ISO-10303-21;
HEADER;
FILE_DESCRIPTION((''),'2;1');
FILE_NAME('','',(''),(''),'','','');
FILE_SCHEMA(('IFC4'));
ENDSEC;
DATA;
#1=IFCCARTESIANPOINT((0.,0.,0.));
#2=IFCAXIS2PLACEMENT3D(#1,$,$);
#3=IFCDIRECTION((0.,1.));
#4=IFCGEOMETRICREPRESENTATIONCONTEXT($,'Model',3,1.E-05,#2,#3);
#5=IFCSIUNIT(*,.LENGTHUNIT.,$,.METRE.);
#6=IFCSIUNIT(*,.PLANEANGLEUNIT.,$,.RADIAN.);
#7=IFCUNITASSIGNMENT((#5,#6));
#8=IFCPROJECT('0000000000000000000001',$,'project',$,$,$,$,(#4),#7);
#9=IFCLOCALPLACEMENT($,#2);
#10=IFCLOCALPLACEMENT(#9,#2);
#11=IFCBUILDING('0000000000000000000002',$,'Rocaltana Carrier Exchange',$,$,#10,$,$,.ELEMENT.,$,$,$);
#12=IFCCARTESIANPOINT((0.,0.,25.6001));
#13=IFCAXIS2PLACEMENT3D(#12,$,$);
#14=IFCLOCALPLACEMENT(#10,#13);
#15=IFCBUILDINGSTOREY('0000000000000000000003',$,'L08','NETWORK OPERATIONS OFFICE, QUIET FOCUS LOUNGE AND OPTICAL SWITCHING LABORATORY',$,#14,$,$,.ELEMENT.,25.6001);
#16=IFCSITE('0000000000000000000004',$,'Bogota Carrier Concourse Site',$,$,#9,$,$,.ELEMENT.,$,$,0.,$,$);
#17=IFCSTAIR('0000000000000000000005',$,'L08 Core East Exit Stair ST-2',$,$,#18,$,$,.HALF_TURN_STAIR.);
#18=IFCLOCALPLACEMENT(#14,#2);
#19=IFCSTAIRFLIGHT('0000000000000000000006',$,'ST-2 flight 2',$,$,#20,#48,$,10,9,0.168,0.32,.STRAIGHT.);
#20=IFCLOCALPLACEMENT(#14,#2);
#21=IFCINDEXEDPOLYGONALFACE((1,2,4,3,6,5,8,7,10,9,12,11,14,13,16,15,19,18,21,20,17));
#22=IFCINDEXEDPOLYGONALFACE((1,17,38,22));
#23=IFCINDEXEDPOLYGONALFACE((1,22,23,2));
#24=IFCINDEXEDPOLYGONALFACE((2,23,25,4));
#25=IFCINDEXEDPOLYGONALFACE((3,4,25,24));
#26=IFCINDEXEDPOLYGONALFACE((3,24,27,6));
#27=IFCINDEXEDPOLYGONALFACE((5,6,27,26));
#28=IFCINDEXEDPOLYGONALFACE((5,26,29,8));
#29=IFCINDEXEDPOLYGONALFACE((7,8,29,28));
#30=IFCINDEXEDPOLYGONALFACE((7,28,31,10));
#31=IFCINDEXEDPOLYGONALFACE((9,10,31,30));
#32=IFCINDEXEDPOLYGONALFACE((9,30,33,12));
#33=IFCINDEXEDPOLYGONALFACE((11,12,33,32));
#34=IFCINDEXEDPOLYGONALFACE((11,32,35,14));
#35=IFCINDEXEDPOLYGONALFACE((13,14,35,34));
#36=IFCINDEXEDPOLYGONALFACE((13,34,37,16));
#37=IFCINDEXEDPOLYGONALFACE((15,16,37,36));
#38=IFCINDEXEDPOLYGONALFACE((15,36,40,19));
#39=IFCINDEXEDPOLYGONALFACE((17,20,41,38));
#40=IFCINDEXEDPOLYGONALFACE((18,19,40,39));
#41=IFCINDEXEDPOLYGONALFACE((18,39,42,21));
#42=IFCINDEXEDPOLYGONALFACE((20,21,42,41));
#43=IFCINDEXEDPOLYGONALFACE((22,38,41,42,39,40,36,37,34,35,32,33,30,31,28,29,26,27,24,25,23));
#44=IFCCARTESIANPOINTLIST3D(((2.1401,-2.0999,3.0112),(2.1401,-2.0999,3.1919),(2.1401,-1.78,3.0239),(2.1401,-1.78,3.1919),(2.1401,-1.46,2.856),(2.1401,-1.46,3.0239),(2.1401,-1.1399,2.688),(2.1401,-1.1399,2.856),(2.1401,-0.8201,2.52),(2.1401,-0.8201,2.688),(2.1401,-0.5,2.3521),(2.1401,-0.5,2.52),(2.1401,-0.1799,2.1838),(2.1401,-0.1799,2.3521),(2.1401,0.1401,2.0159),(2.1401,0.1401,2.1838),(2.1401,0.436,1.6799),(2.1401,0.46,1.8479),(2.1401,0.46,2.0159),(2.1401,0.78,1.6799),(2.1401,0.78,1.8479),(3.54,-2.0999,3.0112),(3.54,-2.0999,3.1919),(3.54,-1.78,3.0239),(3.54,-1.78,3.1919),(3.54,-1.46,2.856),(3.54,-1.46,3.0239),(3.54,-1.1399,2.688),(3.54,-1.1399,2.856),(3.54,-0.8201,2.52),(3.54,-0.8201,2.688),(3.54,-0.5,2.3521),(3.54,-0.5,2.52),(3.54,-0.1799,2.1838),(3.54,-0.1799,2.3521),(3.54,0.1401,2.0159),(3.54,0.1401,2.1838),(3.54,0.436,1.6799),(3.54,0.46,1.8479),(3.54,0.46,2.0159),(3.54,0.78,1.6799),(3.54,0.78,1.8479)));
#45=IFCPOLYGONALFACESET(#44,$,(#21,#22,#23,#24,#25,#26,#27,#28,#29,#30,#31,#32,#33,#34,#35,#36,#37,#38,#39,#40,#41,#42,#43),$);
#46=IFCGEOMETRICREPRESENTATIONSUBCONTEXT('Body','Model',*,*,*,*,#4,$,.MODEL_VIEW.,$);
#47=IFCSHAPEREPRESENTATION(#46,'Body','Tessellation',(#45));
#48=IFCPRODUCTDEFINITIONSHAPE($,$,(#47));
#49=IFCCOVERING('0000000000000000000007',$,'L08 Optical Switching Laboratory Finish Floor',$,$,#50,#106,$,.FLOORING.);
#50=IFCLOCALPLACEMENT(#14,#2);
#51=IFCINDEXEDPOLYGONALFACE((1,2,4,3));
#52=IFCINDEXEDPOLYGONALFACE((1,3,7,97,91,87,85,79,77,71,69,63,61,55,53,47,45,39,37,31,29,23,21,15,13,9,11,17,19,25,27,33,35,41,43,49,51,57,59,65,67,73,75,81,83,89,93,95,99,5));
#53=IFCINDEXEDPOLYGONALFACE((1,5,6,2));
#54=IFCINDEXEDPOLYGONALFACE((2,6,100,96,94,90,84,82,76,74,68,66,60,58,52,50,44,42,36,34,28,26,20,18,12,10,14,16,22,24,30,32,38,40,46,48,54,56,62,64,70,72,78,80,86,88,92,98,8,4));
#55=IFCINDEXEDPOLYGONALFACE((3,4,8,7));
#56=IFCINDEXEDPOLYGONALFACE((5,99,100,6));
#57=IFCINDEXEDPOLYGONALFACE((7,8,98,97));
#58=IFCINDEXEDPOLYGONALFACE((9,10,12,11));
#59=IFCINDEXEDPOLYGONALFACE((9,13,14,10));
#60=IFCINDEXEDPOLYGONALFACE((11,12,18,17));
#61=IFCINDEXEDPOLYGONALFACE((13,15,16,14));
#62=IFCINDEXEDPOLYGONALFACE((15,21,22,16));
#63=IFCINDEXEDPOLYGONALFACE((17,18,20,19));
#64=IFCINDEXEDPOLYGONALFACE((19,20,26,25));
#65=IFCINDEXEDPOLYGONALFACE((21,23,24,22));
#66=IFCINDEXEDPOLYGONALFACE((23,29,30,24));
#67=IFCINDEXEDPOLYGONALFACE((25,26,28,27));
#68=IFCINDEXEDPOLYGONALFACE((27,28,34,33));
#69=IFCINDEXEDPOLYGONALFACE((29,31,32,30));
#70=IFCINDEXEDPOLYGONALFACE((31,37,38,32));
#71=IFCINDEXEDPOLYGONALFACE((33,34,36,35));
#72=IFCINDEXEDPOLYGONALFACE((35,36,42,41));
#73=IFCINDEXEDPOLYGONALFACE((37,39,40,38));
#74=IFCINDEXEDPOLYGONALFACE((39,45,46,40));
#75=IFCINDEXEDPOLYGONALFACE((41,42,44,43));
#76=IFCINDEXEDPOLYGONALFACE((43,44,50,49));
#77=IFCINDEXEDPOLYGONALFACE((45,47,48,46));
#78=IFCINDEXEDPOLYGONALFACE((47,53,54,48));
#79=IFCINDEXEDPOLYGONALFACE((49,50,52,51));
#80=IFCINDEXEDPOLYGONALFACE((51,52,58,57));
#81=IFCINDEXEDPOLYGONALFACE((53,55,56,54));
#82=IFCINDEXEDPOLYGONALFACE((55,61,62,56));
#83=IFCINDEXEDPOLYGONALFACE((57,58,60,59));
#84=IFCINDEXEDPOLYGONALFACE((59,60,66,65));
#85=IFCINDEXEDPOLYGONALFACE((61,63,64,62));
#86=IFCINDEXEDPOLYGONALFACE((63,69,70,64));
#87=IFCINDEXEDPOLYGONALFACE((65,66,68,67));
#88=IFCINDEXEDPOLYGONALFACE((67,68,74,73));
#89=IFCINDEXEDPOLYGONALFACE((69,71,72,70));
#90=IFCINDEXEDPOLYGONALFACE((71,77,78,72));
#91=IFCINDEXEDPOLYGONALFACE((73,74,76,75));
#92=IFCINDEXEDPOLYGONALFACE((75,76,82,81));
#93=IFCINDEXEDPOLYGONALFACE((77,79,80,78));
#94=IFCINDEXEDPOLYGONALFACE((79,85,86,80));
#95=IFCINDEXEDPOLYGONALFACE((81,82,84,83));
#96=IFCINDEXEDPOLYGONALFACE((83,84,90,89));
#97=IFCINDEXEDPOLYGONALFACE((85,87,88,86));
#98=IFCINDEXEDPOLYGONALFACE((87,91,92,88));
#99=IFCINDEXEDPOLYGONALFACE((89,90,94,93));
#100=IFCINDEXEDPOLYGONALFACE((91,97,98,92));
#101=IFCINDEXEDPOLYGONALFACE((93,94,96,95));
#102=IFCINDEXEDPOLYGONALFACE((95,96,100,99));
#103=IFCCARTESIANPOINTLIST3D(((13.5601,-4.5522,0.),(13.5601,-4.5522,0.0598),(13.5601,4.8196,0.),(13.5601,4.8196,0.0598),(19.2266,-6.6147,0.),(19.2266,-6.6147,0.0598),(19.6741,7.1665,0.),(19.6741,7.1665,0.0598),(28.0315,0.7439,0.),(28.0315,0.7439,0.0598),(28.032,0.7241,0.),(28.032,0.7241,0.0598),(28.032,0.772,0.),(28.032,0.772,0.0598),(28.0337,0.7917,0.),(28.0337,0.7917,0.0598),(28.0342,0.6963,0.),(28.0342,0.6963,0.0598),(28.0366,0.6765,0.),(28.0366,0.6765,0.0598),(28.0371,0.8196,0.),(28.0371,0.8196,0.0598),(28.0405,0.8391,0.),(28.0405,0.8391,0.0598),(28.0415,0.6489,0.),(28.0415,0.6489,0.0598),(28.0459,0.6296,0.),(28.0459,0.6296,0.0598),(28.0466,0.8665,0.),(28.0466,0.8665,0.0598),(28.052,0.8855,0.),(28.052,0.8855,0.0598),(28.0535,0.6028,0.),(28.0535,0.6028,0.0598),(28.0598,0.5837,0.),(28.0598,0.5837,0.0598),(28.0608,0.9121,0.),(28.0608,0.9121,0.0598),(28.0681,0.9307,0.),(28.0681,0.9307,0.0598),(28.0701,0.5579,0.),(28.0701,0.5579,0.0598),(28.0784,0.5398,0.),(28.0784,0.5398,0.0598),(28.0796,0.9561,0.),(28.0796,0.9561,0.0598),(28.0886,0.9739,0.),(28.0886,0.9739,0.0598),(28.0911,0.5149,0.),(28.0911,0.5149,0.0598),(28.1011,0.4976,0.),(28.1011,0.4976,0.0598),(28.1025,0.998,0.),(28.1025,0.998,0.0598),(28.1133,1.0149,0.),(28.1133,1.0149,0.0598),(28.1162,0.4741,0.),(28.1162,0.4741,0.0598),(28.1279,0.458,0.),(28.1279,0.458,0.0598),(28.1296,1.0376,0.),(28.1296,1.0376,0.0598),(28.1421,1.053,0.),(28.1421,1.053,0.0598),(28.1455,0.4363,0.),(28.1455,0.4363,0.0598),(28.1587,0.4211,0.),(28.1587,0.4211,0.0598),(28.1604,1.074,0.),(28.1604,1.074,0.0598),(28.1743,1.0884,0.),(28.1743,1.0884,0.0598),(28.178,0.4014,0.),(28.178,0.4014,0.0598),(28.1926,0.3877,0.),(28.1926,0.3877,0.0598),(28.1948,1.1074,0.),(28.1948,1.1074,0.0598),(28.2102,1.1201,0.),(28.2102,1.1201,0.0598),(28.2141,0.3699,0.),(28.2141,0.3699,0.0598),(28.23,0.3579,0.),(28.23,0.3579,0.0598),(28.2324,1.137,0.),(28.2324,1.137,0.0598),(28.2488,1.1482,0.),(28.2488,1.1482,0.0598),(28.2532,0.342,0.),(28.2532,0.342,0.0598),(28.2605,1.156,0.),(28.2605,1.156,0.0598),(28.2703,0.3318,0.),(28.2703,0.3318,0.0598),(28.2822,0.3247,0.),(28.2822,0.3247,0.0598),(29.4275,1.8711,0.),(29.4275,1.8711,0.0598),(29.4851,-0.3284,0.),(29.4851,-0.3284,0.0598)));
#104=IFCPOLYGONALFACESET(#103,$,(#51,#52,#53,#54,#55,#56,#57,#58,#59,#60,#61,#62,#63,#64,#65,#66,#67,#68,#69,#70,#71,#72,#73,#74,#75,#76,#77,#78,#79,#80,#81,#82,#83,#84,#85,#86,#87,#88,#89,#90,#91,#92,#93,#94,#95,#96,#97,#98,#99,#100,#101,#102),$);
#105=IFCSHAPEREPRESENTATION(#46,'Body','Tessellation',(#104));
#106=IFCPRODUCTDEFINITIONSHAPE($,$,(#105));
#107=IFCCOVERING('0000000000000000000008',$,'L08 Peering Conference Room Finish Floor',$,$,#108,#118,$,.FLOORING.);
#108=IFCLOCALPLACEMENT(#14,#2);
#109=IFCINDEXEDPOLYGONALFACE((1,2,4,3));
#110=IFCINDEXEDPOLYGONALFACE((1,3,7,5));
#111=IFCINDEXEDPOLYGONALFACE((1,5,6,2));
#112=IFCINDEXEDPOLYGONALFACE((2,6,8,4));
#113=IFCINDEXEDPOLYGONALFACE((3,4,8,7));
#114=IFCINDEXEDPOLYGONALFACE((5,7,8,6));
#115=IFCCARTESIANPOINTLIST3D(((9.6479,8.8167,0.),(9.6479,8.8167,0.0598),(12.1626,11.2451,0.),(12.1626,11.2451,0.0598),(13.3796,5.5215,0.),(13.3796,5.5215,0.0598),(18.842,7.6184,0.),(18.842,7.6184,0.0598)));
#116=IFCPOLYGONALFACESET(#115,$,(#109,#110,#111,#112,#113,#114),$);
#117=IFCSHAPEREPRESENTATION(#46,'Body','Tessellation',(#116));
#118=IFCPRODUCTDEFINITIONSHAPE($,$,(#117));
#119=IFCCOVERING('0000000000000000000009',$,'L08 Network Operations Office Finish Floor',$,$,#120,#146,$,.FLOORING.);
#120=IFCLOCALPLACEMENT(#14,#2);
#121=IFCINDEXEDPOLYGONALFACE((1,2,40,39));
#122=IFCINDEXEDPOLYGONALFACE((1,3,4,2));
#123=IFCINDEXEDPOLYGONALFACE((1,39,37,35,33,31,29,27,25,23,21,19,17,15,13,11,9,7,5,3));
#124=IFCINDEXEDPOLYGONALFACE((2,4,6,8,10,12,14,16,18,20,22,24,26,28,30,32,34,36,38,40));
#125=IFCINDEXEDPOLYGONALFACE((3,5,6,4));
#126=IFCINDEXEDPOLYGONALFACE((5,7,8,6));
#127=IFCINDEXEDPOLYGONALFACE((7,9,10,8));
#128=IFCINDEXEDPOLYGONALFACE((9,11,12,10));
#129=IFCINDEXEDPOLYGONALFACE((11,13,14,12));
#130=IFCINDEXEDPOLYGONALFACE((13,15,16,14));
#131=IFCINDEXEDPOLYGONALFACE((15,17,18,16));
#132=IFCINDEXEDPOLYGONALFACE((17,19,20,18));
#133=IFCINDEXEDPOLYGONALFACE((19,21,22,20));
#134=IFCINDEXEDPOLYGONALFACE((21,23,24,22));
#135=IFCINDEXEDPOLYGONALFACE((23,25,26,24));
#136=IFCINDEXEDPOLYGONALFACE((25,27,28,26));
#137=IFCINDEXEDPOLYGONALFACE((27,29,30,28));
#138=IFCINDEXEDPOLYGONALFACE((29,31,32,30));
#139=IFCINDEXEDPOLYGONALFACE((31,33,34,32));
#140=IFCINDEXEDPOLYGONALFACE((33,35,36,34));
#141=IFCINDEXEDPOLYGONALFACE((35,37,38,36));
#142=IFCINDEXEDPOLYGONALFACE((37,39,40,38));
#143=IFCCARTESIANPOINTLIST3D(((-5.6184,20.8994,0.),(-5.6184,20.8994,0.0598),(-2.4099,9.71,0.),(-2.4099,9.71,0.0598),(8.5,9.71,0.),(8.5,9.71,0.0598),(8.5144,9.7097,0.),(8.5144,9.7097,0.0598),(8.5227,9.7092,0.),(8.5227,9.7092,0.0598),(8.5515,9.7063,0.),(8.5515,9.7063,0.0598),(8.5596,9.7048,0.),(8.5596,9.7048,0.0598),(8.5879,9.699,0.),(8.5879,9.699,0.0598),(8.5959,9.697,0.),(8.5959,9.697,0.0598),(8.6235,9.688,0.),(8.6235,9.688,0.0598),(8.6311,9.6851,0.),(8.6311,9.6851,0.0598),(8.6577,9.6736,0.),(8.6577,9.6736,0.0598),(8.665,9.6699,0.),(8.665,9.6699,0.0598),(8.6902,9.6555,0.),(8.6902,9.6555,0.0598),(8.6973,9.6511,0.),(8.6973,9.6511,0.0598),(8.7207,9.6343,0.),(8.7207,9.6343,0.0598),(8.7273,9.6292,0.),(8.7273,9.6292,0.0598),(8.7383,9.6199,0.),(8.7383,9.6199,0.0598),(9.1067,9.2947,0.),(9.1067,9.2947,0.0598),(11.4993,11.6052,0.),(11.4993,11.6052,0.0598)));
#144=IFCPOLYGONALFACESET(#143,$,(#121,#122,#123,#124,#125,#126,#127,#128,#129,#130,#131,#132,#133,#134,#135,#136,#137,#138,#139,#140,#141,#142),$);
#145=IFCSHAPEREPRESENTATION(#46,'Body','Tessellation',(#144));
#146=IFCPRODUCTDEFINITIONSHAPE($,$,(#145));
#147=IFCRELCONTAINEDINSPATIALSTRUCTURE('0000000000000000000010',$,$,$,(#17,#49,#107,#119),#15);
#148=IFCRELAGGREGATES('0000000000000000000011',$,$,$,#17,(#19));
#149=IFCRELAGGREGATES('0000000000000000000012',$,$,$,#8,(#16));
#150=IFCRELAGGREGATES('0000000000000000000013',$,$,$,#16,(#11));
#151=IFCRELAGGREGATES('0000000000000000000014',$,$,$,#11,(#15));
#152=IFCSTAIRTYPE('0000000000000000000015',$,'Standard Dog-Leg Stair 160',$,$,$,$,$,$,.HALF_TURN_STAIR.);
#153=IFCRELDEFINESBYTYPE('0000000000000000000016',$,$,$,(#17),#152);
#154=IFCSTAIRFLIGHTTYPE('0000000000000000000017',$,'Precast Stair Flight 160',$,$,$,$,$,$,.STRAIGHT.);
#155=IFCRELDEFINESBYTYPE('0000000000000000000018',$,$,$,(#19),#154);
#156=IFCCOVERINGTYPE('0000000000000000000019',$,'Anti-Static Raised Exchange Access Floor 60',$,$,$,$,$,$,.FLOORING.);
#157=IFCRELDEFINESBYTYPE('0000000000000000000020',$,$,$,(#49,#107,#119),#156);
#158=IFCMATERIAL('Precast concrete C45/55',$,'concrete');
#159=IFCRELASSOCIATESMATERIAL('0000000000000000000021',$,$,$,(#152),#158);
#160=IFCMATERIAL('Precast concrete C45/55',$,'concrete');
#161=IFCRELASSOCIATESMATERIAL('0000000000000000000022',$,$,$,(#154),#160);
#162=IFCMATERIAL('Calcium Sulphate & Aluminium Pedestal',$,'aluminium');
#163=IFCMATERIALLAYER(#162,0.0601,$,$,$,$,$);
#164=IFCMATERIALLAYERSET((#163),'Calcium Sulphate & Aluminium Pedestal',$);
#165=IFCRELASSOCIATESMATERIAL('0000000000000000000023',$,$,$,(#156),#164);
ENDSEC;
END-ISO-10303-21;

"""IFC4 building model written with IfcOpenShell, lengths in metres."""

from ifc_helpers import new_model, si_unit, direction, frame, origin, place, context, subcontext, project, spatial, polyline, outline, extrude, material, layer, layer_set, type_object, element, aggregate, save


model = new_model("IFC4")

# Units and contexts
model_context = context("Model", 3, precision=1e-05, world=origin(), true_north=direction((0.0, 1.0)))
body_context = subcontext(model_context, "Body", "Model", "MODEL_VIEW")
ifc_project = project(units=[si_unit("LENGTHUNIT", "METRE"), si_unit("PLANEANGLEUNIT", "RADIAN")], contexts=[model_context])

# Site, building, storey
site_placement = place(None, origin())
site = spatial("IfcSite", under=ifc_project, at=site_placement, Name="Bogota Carrier Concourse Site", CompositionType="ELEMENT", RefElevation=0.0)
building_placement = place(site_placement, origin())
building = spatial("IfcBuilding", under=site, at=building_placement, Name="Rocaltana Carrier Exchange", CompositionType="ELEMENT")
storey_placement = place(building_placement, frame((0.0, 0.0, 25.6001)))
storey = spatial("IfcBuildingStorey", under=building, at=storey_placement, Name="L08", Description="NETWORK OPERATIONS OFFICE, QUIET FOCUS LOUNGE AND OPTICAL SWITCHING LABORATORY", CompositionType="ELEMENT", Elevation=25.6001)

# Stair, stair flight
ifc_material_1 = material(Name="Precast concrete C45/55", Category="concrete")
stair_type = type_object("IfcStairType", Name="Standard Dog-Leg Stair 160", PredefinedType="HALF_TURN_STAIR", material=ifc_material_1)
stair_placement = place(storey_placement, origin())
stair = element("IfcStair", 1, at=stair_placement, inside=storey, type_object=stair_type, Name="L08 Core East Exit Stair ST-2", PredefinedType="HALF_TURN_STAIR")
ifc_material_2 = material(Name="Precast concrete C45/55", Category="concrete")
stair_flight_type = type_object("IfcStairFlightType", Name="Precast Stair Flight 160", PredefinedType="STRAIGHT", material=ifc_material_2)
stair_flight_placement = place(storey_placement, frame((2.8401, 0.78, 1.6799), z_axis=(0.0, 0.0, 1.0), x_axis=(0.0, -1.0, 0.0)))
stair_flight = element("IfcStairFlight", 2, at=stair_flight_placement, type_object=stair_flight_type, Name="ST-2 flight 2", NumberOfRisers=10, NumberOfTreads=9, PredefinedType="STRAIGHT", RiserHeight=0.168, TreadLength=0.32, context=body_context, shape_type="SweptSolid", body=[
    extrude(outline(polyline([(0.0, 0.0), (0.0, 0.168), (0.3201, 0.168), (0.3201, 0.3359), (0.6399, 0.3359), (0.6399, 0.5039), (0.96, 0.5039), (0.96, 0.6721), (1.28, 0.6721), (1.28, 0.8401), (1.6001, 0.8401), (1.6001, 1.0081), (1.9199, 1.0081), (1.9199, 1.176), (2.24, 1.176), (2.24, 1.344), (2.5601, 1.344), (2.5601, 1.512), (2.8799, 1.512), (2.8799, 1.6799), (2.8799, 1.3313), (0.344, 0.0), (0.0, 0.0)])), frame((0.0, 0.7, 0.0), z_axis=(0.0, -1.0, 0.0), x_axis=(1.0, 0.0, 0.0)), (0.0, 0.0, 1.0), 1.3999),
])
aggregate(stair, [stair_flight])

# Coverings
ifc_material_3 = material(Name="Calcium Sulphate & Aluminium Pedestal", Category="aluminium")
ifc_layer_1 = layer(ifc_material_3, 0.0601)
ifc_layer_set_1 = layer_set([ifc_layer_1], Name="Calcium Sulphate & Aluminium Pedestal")
covering_type_1 = type_object("IfcCoveringType", Name="Anti-Static Raised Exchange Access Floor 60", PredefinedType="FLOORING", material=ifc_layer_set_1)
covering_1_placement = place(storey_placement, origin())
element("IfcCovering", 3, at=covering_1_placement, inside=storey, type_object=covering_type_1, Name="L08 Optical Switching Laboratory Finish Floor", PredefinedType="FLOORING", context=body_context, shape_type="SweptSolid", body=[
    extrude(outline(polyline([(29.4275, 1.8711), (28.2605, 1.156), (28.2488, 1.1482), (28.2324, 1.137), (28.2102, 1.1201), (28.1948, 1.1074), (28.1743, 1.0884), (28.1604, 1.074), (28.1421, 1.053), (28.1296, 1.0376), (28.1133, 1.0149), (28.1025, 0.998), (28.0886, 0.9739), (28.0796, 0.9561), (28.0681, 0.9307), (28.0608, 0.9121), (28.052, 0.8855), (28.0466, 0.8665), (28.0405, 0.8391), (28.0371, 0.8196), (28.0337, 0.7917), (28.032, 0.772), (28.0315, 0.7439), (28.032, 0.7241), (28.0342, 0.6963), (28.0366, 0.6765), (28.0415, 0.6489), (28.0459, 0.6296), (28.0535, 0.6028), (28.0598, 0.5837), (28.0701, 0.5579), (28.0784, 0.5398), (28.0911, 0.5149), (28.1011, 0.4976), (28.1162, 0.4741), (28.1279, 0.458), (28.1455, 0.4363), (28.1587, 0.4211), (28.178, 0.4014), (28.1926, 0.3877), (28.2141, 0.3699), (28.23, 0.3579), (28.2532, 0.342), (28.2703, 0.3318), (28.2822, 0.3247), (29.4851, -0.3284), (19.2266, -6.6147), (13.5601, -4.5522), (13.5601, 4.8196), (19.6741, 7.1665), (29.4275, 1.8711)])), origin(), (0.0, 0.0, 1.0), 0.0598),
])
covering_2_placement = place(storey_placement, origin())
element("IfcCovering", 4, at=covering_2_placement, inside=storey, type_object=covering_type_1, Name="L08 Peering Conference Room Finish Floor", PredefinedType="FLOORING", context=body_context, shape_type="SweptSolid", body=[
    extrude(outline(polyline([(13.3796, 5.5215), (9.6479, 8.8167), (12.1626, 11.2451), (18.842, 7.6184), (13.3796, 5.5215)])), origin(), (0.0, 0.0, 1.0), 0.0598),
])
covering_3_placement = place(storey_placement, origin())
element("IfcCovering", 5, at=covering_3_placement, inside=storey, type_object=covering_type_1, Name="L08 Network Operations Office Finish Floor", PredefinedType="FLOORING", context=body_context, shape_type="SweptSolid", body=[
    extrude(outline(polyline([(11.4993, 11.6052), (9.1067, 9.2947), (8.7383, 9.6199), (8.7273, 9.6292), (8.7207, 9.6343), (8.6973, 9.6511), (8.6902, 9.6555), (8.665, 9.6699), (8.6577, 9.6736), (8.6311, 9.6851), (8.6235, 9.688), (8.5959, 9.697), (8.5879, 9.699), (8.5596, 9.7048), (8.5515, 9.7063), (8.5227, 9.7092), (8.5144, 9.7097), (8.5, 9.71), (-2.4099, 9.71), (-5.6184, 20.8994), (11.4993, 11.6052)])), origin(), (0.0, 0.0, 1.0), 0.0598),
])

save(model, "model.ifc")
